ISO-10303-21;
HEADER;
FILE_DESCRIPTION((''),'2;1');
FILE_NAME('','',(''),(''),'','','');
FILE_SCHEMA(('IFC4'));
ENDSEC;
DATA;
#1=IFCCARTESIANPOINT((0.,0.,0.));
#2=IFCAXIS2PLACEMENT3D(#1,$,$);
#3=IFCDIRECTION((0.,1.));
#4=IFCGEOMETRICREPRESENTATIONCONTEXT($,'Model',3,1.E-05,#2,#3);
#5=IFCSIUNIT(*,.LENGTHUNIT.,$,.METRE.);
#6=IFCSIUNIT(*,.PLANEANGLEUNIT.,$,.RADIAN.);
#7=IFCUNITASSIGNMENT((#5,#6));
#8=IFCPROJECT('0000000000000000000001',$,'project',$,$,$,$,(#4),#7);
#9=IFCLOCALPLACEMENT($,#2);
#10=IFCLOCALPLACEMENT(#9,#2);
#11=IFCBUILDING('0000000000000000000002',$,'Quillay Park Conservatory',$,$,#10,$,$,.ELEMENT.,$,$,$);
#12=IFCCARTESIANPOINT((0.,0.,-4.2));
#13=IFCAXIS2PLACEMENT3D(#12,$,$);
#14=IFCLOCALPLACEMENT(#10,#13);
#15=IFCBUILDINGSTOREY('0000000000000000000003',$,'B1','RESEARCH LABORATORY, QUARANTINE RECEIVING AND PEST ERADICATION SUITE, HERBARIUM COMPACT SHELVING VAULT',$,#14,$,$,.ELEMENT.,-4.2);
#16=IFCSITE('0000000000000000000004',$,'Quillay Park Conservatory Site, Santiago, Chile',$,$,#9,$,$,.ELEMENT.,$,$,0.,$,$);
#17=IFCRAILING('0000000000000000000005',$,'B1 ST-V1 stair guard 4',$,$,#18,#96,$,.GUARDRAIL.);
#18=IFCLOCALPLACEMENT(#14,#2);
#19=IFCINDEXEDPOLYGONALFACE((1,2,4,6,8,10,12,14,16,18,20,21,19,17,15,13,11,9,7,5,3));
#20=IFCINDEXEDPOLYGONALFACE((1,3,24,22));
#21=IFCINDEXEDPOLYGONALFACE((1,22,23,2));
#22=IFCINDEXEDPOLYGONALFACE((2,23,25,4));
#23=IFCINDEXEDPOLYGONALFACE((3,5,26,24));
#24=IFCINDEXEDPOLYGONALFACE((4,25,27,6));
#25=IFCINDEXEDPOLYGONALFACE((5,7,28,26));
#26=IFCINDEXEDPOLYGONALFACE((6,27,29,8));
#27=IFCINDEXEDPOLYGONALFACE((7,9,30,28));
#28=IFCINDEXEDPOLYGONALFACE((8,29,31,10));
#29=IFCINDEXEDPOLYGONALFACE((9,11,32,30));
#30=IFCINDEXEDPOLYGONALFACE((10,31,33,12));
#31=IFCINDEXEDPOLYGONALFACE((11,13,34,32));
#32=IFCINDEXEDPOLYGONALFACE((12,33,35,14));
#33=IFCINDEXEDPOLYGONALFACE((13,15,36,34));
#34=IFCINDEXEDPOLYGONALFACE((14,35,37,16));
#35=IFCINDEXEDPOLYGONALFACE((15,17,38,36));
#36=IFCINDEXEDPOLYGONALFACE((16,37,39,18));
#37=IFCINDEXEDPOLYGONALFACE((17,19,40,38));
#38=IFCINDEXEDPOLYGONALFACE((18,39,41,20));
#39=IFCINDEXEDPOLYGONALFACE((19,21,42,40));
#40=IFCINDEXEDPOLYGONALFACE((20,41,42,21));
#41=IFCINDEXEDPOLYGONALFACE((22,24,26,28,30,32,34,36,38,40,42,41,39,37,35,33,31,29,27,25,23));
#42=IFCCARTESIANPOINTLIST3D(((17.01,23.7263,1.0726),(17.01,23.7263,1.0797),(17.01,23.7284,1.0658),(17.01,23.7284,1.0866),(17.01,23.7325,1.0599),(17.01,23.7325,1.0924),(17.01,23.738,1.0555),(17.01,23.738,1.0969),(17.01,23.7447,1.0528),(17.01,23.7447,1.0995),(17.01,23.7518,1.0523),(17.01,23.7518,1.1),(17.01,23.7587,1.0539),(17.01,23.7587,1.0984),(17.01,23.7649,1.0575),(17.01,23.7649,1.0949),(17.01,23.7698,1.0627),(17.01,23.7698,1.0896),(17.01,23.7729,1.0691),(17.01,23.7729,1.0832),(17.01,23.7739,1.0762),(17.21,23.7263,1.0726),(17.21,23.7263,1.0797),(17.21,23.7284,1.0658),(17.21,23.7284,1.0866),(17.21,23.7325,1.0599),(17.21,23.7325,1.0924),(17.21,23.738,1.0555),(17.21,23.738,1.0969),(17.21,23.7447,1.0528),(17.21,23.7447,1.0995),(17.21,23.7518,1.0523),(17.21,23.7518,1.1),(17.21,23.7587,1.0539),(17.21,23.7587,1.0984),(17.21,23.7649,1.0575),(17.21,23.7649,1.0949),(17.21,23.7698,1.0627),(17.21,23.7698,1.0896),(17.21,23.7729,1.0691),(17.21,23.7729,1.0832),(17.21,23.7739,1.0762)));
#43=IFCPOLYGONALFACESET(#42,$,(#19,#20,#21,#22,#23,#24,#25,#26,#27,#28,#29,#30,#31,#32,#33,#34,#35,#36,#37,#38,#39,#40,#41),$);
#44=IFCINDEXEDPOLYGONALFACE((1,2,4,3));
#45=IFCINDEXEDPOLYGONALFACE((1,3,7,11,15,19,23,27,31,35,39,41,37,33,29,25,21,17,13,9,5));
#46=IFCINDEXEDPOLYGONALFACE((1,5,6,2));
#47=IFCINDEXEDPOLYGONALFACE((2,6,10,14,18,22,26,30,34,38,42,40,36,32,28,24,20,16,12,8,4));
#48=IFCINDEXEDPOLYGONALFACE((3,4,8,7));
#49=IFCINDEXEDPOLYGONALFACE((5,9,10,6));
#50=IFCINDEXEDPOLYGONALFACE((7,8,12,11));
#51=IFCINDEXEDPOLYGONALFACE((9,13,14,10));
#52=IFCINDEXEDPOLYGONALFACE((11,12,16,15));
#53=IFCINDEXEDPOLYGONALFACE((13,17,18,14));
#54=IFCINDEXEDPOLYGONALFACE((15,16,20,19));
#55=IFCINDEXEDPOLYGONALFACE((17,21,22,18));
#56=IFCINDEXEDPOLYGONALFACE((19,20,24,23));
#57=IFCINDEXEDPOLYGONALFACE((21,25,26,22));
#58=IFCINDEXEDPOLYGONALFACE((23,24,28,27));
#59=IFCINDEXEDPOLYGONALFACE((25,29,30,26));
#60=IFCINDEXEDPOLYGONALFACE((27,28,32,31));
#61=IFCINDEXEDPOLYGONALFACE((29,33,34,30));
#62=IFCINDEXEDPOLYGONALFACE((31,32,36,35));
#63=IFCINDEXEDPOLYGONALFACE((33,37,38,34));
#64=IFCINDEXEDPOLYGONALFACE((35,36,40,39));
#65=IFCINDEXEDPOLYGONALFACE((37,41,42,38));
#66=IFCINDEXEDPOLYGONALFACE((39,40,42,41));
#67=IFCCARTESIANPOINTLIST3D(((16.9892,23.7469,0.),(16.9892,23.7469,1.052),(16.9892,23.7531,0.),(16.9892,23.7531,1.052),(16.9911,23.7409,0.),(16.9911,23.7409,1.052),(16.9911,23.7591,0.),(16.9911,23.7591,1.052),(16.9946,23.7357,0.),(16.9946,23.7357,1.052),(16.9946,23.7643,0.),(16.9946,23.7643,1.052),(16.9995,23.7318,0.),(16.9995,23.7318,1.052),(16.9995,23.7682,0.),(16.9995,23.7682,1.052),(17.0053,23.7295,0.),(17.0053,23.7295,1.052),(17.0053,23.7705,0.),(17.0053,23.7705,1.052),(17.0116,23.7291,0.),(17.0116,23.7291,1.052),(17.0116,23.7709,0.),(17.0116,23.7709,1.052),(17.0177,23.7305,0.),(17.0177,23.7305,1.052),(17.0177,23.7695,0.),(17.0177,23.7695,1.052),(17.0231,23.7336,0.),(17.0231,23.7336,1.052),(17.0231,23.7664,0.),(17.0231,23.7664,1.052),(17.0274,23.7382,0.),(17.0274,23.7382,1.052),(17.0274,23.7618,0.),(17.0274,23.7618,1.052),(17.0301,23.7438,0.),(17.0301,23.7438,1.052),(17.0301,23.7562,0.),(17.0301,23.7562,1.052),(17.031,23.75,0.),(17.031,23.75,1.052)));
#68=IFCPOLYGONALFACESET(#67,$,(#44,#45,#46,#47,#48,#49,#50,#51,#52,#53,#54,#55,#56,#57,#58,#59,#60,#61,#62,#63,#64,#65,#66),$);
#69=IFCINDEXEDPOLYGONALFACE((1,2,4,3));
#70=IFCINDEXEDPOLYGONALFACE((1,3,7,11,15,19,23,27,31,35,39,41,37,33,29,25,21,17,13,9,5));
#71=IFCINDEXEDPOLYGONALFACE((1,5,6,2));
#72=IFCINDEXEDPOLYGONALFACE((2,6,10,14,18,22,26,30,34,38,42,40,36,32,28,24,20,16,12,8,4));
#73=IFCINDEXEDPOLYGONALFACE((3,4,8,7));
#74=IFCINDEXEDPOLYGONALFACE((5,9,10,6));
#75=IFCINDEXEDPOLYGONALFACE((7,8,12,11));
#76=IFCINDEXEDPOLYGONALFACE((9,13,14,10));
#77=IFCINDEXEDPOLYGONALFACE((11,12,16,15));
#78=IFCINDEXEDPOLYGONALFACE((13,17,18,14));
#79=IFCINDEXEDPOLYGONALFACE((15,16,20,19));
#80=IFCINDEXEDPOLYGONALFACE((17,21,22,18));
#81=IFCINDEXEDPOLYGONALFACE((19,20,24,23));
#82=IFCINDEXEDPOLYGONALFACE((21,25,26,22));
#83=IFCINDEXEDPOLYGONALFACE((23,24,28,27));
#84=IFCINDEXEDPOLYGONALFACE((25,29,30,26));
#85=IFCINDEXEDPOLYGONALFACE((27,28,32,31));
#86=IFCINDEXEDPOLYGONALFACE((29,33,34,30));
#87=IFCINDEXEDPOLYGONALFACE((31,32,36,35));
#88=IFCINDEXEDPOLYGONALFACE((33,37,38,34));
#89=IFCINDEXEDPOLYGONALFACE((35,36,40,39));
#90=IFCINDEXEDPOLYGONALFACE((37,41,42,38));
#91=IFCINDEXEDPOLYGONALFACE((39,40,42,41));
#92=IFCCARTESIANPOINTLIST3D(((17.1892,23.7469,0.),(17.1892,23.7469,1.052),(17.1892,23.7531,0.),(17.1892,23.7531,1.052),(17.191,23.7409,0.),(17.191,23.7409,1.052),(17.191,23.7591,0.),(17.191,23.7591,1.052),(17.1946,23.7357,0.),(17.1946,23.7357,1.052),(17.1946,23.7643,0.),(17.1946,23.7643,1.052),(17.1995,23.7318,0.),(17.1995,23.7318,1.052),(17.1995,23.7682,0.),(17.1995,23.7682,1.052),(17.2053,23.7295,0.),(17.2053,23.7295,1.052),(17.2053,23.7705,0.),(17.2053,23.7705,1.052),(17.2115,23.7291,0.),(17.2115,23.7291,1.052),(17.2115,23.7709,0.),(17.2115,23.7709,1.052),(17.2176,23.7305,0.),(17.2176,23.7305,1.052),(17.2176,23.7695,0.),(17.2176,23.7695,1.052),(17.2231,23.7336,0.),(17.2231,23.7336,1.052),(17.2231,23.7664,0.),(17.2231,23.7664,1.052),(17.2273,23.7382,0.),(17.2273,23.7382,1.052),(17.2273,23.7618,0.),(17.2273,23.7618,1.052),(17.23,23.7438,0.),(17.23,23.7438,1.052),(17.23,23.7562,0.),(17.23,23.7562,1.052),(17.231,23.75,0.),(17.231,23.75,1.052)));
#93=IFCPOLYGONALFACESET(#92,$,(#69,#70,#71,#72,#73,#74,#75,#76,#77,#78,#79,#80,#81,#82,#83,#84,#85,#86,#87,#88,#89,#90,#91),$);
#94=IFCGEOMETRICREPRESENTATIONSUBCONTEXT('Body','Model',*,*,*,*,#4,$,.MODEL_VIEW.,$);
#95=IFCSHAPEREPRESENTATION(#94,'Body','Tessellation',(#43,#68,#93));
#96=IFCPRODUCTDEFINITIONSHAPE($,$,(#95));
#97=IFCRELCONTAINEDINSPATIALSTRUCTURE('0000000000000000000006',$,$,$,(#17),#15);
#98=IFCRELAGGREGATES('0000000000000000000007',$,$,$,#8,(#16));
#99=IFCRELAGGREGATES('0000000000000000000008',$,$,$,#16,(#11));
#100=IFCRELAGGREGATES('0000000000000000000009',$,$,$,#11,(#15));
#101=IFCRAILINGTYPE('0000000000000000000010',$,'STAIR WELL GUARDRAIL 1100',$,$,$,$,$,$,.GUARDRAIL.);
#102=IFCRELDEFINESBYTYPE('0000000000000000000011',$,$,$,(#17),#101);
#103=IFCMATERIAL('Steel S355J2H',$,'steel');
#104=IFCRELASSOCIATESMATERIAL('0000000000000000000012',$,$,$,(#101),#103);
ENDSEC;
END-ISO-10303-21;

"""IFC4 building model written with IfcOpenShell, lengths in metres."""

from ifc_helpers import new_model, si_unit, direction, frame, origin, origin_2d, place, context, subcontext, project, spatial, circle, extrude, material, type_object, element, save


model = new_model("IFC4")

# Units and contexts
model_context = context("Model", 3, precision=1e-05, world=origin(), true_north=direction((0.0, 1.0)))
body_context = subcontext(model_context, "Body", "Model", "MODEL_VIEW")
ifc_project = project(units=[si_unit("LENGTHUNIT", "METRE"), si_unit("PLANEANGLEUNIT", "RADIAN")], contexts=[model_context])

# Site, building, storey
site_placement = place(None, origin())
site = spatial("IfcSite", under=ifc_project, at=site_placement, Name="Quillay Park Conservatory Site, Santiago, Chile", CompositionType="ELEMENT", RefElevation=0.0)
building_placement = place(site_placement, origin())
building = spatial("IfcBuilding", under=site, at=building_placement, Name="Quillay Park Conservatory", CompositionType="ELEMENT")
storey_placement = place(building_placement, frame((0.0, 0.0, -4.2)))
storey = spatial("IfcBuildingStorey", under=building, at=storey_placement, Name="B1", Description="RESEARCH LABORATORY, QUARANTINE RECEIVING AND PEST ERADICATION SUITE, HERBARIUM COMPACT SHELVING VAULT", CompositionType="ELEMENT", Elevation=-4.2)

# Railing
ifc_material_1 = material(Name="Steel S355J2H", Category="steel")
railing_type_1 = type_object("IfcRailingType", Name="STAIR WELL GUARDRAIL 1100", PredefinedType="GUARDRAIL", material=ifc_material_1)
railing_1_placement = place(storey_placement, frame((17.01, 23.75, 0.0)))
element("IfcRailing", 1, at=railing_1_placement, inside=storey, type_object=railing_type_1, Name="B1 ST-V1 stair guard 4", PredefinedType="GUARDRAIL", context=body_context, shape_type="SweptSolid", body=[
    extrude(circle(Radius=0.0239, at=origin_2d()), frame((0.0, 0.0, 1.0762), z_axis=(1.0, 0.0, 0.0), x_axis=(0.0, 1.0, 0.0)), (0.0, 0.0, 1.0), 0.2),
    extrude(circle(Radius=0.021, at=origin_2d()), origin(), (0.0, 0.0, 1.0), 1.052),
    extrude(circle(Radius=0.021, at=origin_2d()), frame((0.2, 0.0, 0.0)), (0.0, 0.0, 1.0), 1.052),
])

save(model, "model.ifc")
